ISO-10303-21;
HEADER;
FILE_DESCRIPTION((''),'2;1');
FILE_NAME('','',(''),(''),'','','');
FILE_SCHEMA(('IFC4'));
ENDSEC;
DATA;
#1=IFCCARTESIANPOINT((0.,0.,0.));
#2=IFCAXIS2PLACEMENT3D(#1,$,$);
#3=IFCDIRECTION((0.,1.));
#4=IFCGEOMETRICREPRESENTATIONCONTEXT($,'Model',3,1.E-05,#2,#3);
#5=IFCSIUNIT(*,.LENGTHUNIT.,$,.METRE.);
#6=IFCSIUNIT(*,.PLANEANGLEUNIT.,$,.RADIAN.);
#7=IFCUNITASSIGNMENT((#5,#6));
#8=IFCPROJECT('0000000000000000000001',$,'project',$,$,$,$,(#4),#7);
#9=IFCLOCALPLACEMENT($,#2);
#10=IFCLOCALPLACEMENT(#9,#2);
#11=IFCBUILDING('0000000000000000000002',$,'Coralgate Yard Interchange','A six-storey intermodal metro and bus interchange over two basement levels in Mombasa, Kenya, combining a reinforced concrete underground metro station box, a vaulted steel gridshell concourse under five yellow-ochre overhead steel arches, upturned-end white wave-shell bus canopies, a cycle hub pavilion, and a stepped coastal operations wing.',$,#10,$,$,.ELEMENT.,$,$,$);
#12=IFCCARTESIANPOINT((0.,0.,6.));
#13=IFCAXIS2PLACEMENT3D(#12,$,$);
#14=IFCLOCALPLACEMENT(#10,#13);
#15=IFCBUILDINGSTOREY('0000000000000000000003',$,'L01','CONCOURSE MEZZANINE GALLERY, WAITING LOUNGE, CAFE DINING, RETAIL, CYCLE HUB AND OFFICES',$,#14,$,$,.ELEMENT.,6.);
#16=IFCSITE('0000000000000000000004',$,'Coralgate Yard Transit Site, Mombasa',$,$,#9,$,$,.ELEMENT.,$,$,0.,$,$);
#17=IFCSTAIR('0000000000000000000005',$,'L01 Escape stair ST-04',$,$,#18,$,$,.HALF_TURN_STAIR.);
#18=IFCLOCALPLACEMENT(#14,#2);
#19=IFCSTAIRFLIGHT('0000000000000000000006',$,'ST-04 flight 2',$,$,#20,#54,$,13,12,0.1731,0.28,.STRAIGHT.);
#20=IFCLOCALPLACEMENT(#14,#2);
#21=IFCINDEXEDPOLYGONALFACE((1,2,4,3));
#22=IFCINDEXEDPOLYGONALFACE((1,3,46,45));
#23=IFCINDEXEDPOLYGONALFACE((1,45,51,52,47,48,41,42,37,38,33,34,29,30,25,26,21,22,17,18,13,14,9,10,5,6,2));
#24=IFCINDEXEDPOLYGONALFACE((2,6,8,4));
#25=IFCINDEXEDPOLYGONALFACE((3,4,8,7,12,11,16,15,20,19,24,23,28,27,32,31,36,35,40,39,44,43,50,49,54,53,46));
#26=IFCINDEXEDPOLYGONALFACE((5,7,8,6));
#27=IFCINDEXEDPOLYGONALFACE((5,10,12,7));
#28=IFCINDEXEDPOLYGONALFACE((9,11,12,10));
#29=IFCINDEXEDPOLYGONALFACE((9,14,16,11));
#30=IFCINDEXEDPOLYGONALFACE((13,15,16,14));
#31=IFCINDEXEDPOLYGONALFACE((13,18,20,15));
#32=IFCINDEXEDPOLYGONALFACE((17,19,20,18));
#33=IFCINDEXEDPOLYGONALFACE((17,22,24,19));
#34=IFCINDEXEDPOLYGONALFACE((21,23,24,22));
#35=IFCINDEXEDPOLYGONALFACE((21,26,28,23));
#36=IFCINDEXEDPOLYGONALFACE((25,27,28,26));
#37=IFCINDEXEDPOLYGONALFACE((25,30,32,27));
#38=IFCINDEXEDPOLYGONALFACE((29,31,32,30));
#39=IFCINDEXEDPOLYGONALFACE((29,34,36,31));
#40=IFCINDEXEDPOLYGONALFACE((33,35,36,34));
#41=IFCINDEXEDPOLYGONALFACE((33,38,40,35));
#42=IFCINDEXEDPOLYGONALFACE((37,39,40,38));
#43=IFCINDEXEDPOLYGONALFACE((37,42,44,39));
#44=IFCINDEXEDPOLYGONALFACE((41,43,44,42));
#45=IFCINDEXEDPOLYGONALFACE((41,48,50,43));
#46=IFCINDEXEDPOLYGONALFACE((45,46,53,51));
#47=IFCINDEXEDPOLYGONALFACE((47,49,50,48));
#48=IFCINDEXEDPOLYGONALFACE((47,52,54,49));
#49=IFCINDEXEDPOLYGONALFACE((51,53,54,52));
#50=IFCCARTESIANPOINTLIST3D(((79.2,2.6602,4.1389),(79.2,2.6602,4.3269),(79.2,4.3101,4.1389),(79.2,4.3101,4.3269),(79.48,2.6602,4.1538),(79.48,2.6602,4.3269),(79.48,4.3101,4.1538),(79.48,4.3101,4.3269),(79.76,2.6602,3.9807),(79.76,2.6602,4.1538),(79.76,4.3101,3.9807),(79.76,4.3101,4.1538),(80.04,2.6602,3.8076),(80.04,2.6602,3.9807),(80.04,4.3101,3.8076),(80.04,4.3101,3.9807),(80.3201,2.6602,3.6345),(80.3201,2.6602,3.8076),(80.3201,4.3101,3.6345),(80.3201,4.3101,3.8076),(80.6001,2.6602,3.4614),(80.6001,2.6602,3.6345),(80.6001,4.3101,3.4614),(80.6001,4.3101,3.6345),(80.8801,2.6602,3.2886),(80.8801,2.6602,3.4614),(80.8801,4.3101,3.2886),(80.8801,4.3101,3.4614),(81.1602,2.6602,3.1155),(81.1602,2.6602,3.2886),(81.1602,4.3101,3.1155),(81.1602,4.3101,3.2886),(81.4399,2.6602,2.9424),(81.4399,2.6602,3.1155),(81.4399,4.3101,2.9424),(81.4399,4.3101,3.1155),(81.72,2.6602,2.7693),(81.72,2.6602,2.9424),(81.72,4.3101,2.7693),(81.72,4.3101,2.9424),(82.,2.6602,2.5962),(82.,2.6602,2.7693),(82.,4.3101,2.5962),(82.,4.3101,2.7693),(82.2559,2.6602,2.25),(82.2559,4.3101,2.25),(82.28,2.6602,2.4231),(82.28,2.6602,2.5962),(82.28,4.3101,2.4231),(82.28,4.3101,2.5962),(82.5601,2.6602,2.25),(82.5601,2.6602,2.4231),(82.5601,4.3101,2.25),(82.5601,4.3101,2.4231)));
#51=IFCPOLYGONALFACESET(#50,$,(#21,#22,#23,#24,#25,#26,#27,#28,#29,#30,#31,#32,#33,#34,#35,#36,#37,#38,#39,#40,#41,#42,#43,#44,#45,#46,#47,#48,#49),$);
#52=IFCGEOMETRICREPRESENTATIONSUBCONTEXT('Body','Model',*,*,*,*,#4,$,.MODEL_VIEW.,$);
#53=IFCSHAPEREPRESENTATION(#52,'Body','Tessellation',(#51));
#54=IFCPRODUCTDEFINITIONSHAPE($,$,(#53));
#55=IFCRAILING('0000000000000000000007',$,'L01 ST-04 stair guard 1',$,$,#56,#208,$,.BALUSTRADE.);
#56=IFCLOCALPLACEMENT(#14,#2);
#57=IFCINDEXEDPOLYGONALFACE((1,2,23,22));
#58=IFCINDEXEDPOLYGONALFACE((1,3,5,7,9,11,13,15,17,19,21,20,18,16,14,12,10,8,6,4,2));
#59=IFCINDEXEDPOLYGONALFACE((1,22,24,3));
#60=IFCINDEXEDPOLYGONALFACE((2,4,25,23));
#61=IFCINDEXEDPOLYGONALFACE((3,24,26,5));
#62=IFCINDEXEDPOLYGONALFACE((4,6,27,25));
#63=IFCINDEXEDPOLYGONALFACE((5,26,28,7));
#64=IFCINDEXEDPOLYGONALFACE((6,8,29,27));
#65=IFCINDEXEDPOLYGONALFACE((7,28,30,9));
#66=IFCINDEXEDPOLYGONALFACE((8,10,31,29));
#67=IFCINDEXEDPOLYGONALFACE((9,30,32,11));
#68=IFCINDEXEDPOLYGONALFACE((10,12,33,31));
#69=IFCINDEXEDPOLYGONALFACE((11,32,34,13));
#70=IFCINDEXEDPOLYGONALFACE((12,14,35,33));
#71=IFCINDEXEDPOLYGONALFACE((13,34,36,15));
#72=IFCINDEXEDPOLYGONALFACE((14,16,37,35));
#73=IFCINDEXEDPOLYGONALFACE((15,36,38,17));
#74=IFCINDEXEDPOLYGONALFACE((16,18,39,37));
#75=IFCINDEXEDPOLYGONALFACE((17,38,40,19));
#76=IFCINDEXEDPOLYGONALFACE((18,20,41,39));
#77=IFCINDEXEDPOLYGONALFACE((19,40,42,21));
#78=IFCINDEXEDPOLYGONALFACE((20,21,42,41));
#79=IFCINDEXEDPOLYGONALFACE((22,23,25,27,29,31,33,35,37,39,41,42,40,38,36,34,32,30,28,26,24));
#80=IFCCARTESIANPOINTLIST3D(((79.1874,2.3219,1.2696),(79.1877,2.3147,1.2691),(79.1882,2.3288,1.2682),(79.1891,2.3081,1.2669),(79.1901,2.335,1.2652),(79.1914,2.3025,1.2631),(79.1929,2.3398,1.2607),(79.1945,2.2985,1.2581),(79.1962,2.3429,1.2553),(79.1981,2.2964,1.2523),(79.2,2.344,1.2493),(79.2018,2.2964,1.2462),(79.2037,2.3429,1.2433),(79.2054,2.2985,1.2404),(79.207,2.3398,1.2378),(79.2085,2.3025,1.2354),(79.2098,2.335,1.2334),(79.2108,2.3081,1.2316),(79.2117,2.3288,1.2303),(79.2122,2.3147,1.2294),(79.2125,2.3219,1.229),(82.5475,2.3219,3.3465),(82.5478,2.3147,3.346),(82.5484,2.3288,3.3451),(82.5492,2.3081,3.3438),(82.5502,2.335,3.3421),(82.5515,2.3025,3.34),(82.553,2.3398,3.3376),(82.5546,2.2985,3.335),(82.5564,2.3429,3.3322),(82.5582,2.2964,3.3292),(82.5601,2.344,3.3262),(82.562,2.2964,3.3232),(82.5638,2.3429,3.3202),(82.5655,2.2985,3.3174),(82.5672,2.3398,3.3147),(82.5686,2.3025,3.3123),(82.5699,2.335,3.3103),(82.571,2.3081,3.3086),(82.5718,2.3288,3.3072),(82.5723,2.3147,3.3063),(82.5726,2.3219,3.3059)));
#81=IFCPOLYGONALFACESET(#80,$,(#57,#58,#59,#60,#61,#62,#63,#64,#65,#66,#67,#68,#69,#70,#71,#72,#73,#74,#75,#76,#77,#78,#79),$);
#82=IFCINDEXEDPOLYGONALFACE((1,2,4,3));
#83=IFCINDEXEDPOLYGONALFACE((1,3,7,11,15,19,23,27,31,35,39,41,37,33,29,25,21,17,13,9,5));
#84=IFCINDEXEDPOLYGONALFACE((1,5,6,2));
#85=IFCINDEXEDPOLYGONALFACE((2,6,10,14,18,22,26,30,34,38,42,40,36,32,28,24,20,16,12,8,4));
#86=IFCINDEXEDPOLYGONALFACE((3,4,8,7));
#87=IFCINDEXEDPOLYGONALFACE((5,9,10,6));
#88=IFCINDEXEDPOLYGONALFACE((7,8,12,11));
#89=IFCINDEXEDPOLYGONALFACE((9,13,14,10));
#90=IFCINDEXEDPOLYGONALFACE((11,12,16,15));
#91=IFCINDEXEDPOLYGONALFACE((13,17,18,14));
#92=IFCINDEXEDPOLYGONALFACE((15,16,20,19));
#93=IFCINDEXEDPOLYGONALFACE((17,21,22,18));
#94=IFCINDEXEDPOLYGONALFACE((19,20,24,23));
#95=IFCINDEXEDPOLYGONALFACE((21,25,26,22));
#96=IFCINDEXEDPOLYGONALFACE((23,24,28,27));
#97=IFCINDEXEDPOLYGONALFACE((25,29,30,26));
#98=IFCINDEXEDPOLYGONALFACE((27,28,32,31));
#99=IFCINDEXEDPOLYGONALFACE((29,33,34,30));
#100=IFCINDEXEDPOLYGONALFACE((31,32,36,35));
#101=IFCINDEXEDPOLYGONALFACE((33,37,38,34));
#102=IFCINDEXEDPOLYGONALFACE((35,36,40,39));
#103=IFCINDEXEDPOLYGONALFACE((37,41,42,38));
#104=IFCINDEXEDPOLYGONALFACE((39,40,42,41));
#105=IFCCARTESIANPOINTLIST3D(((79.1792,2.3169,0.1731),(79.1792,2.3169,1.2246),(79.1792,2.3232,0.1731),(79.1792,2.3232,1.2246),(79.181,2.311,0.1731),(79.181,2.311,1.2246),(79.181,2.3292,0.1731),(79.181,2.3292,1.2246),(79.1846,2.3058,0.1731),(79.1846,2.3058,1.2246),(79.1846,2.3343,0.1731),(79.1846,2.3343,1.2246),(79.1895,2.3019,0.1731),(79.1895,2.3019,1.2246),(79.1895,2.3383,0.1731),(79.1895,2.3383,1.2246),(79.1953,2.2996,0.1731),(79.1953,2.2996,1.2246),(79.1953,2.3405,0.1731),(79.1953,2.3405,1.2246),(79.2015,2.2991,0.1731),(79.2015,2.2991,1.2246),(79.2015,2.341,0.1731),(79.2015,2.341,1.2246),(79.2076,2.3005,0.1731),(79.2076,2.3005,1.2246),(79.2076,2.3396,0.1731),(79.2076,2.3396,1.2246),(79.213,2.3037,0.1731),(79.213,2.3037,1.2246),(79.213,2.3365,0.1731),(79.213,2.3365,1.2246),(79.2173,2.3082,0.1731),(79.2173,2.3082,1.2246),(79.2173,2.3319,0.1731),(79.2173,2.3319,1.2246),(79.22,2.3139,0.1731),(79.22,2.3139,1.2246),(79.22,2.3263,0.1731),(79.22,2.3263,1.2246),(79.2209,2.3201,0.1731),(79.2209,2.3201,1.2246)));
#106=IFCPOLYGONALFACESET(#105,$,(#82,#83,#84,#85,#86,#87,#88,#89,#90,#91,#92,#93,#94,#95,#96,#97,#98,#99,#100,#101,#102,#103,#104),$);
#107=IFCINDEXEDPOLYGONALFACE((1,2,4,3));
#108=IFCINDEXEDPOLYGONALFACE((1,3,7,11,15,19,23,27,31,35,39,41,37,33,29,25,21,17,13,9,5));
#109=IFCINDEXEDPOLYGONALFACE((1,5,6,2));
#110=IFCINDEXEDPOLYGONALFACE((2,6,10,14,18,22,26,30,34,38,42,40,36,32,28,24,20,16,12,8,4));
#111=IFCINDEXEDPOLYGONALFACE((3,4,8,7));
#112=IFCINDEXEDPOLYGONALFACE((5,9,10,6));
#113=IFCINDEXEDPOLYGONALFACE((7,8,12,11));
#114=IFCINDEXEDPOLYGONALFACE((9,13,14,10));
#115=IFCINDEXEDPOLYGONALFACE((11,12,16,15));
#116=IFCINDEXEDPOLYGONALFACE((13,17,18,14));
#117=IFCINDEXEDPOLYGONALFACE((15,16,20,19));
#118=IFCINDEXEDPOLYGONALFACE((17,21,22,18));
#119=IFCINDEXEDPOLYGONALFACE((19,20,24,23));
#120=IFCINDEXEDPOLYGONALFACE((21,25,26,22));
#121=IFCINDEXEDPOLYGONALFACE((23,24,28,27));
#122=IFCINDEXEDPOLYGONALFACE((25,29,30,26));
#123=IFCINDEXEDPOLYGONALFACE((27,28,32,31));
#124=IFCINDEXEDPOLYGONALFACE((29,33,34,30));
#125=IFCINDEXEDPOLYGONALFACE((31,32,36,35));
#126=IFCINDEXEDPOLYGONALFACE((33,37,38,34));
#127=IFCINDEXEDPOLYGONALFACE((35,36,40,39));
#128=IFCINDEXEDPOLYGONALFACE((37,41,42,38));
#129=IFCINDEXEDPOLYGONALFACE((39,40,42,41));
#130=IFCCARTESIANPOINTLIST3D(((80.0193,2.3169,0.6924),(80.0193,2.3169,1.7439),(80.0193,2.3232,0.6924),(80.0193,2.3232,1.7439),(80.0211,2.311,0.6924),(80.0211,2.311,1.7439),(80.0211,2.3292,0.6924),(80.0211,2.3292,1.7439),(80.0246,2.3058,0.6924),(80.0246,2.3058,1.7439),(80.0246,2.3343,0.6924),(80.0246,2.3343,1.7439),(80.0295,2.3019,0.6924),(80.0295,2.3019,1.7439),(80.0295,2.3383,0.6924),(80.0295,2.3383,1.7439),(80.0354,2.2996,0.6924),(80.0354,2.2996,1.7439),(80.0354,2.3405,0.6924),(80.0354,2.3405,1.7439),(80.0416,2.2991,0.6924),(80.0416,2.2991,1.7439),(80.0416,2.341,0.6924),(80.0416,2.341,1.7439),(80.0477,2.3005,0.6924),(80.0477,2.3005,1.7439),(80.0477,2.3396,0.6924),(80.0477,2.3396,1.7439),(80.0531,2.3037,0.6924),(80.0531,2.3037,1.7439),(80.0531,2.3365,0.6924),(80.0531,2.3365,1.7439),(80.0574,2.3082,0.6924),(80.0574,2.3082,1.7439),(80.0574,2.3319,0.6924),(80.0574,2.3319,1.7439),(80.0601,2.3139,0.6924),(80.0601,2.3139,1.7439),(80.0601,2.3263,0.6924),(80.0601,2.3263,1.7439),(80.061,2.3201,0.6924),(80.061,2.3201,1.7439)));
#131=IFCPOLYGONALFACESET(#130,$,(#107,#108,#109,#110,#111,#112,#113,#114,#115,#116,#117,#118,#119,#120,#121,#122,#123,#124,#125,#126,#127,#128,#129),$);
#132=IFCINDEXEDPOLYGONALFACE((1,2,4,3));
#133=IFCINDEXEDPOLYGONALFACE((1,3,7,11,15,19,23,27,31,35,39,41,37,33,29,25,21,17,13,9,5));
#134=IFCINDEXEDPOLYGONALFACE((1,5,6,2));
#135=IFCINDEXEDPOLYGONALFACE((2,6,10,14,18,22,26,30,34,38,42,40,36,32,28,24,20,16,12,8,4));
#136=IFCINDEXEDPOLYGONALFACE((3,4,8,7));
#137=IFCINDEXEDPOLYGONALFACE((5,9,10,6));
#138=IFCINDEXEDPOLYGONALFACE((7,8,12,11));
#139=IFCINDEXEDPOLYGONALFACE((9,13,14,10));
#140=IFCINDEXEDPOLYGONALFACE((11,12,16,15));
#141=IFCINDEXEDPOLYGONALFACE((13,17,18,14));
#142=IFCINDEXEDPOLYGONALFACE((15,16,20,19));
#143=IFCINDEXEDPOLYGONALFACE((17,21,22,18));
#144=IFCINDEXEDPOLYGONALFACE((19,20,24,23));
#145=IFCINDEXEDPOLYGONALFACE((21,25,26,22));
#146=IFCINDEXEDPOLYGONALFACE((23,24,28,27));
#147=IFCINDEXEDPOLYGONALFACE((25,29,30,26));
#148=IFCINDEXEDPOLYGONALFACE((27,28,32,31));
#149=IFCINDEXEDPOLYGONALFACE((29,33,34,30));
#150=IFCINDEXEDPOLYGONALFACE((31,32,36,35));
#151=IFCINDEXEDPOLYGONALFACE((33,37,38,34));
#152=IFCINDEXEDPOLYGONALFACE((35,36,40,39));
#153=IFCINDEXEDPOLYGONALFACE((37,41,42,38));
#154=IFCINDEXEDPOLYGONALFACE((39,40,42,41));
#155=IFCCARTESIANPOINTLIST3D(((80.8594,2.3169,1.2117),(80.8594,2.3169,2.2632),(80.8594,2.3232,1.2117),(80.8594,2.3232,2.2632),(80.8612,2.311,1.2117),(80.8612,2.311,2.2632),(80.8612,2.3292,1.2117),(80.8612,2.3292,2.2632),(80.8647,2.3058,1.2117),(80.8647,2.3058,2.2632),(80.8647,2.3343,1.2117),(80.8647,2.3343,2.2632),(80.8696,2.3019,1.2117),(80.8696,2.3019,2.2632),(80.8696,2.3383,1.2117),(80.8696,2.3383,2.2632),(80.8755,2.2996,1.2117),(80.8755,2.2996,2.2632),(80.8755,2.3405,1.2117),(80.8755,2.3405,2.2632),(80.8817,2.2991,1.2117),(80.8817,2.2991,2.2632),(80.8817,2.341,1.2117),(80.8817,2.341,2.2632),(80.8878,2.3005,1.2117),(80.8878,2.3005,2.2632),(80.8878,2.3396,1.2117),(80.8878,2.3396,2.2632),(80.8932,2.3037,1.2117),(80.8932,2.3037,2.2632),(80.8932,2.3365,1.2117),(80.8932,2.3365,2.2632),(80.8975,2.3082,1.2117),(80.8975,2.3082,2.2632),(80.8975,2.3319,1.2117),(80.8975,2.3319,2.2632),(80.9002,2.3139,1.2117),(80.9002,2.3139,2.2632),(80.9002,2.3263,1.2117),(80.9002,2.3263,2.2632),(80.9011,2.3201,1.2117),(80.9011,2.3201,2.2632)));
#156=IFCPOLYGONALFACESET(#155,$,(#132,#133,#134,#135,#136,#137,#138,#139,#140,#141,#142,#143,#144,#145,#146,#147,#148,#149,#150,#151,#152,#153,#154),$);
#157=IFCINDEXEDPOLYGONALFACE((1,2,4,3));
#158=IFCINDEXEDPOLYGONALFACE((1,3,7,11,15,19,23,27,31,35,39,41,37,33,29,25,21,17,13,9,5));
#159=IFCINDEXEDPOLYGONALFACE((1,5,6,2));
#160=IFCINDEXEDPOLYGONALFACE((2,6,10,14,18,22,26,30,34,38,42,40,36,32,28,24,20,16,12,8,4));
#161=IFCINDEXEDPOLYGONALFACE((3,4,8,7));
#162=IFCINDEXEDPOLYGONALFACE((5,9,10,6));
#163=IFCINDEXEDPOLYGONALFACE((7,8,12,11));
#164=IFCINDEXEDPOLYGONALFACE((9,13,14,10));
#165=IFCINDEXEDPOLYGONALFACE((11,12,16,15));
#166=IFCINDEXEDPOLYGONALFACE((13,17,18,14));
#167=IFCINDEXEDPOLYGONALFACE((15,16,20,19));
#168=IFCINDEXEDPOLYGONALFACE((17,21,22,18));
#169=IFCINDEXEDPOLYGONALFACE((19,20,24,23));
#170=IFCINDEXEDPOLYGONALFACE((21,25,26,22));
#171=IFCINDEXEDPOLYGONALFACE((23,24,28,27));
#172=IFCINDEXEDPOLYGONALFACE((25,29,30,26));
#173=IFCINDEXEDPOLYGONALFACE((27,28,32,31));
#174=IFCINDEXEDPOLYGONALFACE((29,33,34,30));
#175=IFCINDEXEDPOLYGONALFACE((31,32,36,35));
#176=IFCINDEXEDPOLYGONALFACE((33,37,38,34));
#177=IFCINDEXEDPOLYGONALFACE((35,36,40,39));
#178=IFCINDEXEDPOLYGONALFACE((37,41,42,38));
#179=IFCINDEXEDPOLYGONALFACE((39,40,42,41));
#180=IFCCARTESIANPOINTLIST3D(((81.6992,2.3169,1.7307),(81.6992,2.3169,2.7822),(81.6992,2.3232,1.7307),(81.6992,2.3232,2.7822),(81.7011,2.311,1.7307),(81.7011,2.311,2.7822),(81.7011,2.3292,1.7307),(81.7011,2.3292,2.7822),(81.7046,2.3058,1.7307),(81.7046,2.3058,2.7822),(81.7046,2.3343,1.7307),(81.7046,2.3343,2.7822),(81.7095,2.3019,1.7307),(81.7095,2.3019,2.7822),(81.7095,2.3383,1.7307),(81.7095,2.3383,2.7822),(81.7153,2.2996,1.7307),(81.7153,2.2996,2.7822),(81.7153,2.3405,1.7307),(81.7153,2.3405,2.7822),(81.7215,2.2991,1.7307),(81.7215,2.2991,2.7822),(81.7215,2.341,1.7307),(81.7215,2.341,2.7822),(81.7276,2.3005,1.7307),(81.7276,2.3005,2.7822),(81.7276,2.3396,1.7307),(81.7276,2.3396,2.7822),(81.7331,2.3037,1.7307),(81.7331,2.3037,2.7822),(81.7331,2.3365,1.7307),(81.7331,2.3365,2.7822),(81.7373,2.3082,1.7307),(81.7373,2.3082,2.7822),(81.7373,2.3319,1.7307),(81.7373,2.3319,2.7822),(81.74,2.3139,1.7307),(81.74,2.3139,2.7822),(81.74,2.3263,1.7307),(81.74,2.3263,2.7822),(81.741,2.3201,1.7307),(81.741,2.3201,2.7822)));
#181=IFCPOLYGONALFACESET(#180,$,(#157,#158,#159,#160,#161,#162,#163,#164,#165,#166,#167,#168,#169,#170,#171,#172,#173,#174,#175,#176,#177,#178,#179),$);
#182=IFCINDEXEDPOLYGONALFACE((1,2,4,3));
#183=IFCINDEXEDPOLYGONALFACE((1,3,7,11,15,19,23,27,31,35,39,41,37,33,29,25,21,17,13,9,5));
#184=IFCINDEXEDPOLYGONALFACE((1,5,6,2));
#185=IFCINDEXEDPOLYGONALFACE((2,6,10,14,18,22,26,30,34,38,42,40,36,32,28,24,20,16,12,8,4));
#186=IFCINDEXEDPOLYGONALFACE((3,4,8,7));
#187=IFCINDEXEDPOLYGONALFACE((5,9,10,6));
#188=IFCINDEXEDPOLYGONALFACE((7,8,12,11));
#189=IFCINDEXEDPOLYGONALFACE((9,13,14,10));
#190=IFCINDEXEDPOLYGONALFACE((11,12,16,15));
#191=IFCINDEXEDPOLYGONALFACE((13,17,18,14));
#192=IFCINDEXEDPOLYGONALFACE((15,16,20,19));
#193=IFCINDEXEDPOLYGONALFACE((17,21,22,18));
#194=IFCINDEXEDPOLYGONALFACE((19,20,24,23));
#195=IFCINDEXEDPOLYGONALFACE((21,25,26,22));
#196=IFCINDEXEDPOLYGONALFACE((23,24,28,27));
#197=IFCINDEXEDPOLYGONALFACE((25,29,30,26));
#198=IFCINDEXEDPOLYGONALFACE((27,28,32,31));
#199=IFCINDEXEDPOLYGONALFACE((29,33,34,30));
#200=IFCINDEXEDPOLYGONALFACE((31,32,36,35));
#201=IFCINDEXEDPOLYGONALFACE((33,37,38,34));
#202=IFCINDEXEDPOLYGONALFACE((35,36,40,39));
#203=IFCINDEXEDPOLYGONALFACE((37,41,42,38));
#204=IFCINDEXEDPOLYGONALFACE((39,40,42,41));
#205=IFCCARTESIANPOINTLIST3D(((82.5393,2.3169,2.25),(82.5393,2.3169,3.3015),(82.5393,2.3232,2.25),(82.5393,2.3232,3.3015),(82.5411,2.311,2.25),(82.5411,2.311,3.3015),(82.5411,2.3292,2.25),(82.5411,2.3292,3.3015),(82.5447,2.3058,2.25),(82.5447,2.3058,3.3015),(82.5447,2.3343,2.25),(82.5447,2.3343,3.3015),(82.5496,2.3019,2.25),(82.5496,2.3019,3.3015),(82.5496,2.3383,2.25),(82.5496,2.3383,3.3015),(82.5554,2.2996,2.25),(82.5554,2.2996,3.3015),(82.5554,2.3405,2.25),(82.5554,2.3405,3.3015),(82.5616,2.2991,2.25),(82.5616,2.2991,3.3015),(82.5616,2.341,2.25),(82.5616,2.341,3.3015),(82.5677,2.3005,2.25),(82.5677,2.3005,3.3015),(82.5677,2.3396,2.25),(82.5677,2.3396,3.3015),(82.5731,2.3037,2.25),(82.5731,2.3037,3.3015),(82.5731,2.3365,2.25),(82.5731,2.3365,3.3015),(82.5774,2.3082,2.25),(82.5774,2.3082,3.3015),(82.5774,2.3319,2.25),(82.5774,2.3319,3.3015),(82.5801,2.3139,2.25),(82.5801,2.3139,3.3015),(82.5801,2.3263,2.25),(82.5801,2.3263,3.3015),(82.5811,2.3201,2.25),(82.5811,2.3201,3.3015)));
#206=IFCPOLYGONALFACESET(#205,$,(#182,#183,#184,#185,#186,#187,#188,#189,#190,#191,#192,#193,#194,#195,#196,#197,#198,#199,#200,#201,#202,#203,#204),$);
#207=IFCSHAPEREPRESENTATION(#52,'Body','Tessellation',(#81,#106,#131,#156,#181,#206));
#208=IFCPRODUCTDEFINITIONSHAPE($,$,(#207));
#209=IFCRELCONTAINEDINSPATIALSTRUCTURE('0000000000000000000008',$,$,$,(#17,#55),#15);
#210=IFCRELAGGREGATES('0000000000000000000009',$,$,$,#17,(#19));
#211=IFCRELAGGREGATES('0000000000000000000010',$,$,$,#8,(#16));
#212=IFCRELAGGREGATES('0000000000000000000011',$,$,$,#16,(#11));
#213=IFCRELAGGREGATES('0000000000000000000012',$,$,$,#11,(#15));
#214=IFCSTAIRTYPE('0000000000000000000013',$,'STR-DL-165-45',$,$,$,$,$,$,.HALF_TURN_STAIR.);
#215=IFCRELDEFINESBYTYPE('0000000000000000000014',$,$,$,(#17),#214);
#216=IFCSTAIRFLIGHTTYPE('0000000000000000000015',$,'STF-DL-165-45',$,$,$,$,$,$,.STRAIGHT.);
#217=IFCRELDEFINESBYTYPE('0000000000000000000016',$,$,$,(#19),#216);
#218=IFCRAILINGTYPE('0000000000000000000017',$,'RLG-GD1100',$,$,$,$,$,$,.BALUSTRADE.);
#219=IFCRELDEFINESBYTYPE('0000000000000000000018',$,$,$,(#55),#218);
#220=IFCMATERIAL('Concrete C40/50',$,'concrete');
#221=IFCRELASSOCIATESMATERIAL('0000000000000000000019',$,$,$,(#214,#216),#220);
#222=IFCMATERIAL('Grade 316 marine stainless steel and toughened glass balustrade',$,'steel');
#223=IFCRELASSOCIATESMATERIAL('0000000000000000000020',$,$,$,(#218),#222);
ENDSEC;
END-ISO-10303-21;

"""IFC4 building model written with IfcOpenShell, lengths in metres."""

from ifc_helpers import new_model, si_unit, direction, frame, origin, origin_2d, place, context, subcontext, project, spatial, polyline, circle, outline, extrude, material, type_object, element, aggregate, save


model = new_model("IFC4")

# Units and contexts
model_context = context("Model", 3, precision=1e-05, world=origin(), true_north=direction((0.0, 1.0)))
body_context = subcontext(model_context, "Body", "Model", "MODEL_VIEW")
ifc_project = project(units=[si_unit("LENGTHUNIT", "METRE"), si_unit("PLANEANGLEUNIT", "RADIAN")], contexts=[model_context])

# Site, building, storey
site_placement = place(None, origin())
site = spatial("IfcSite", under=ifc_project, at=site_placement, Name="Coralgate Yard Transit Site, Mombasa", CompositionType="ELEMENT", RefElevation=0.0)
building_placement = place(site_placement, origin())
building = spatial("IfcBuilding", under=site, at=building_placement, Name="Coralgate Yard Interchange", Description="A six-storey intermodal metro and bus interchange over two basement levels in Mombasa, Kenya, combining a reinforced concrete underground metro station box, a vaulted steel gridshell concourse under five yellow-ochre overhead steel arches, upturned-end white wave-shell bus canopies, a cycle hub pavilion, and a stepped coastal operations wing.", CompositionType="ELEMENT")
storey_placement = place(building_placement, frame((0.0, 0.0, 6.0)))
storey = spatial("IfcBuildingStorey", under=building, at=storey_placement, Name="L01", Description="CONCOURSE MEZZANINE GALLERY, WAITING LOUNGE, CAFE DINING, RETAIL, CYCLE HUB AND OFFICES", CompositionType="ELEMENT", Elevation=6.0)

# Shared definitions
ifc_material_1 = material(Name="Concrete C40/50", Category="concrete")

# Stair, stair flight
stair_type = type_object("IfcStairType", Name="STR-DL-165-45", PredefinedType="HALF_TURN_STAIR", material=ifc_material_1)
stair_placement = place(storey_placement, origin())
stair = element("IfcStair", 1, at=stair_placement, inside=storey, type_object=stair_type, Name="L01 Escape stair ST-04", PredefinedType="HALF_TURN_STAIR")
stair_flight_type = type_object("IfcStairFlightType", Name="STF-DL-165-45", PredefinedType="STRAIGHT", material=ifc_material_1)
stair_flight_1_placement = place(storey_placement, frame((82.5601, 3.4851, 2.25), z_axis=(0.0, 0.0, 1.0), x_axis=(-1.0, 0.0, 0.0)))
stair_flight_1 = element("IfcStairFlight", 2, at=stair_flight_1_placement, type_object=stair_flight_type, Name="ST-04 flight 2", NumberOfRisers=13, NumberOfTreads=12, PredefinedType="STRAIGHT", RiserHeight=0.1731, TreadLength=0.28, context=body_context, shape_type="SweptSolid", body=[
    extrude(outline(polyline([(0.0, 0.0), (0.0, 0.1731), (0.28, 0.1731), (0.28, 0.3462), (0.5601, 0.3462), (0.5601, 0.5193), (0.8401, 0.5193), (0.8401, 0.6924), (1.1201, 0.6924), (1.1201, 0.8655), (1.3999, 0.8655), (1.3999, 1.0386), (1.6799, 1.0386), (1.6799, 1.2114), (1.96, 1.2114), (1.96, 1.3845), (2.24, 1.3845), (2.24, 1.5576), (2.52, 1.5576), (2.52, 1.7307), (2.8, 1.7307), (2.8, 1.9038), (3.0801, 1.9038), (3.0801, 2.0769), (3.3601, 2.0769), (3.3601, 2.25), (3.3601, 1.8889), (0.3042, 0.0), (0.0, 0.0)])), frame((0.0, 0.825, 0.0), z_axis=(0.0, -1.0, 0.0), x_axis=(1.0, 0.0, 0.0)), (0.0, 0.0, 1.0), 1.6499),
])
aggregate(stair, [stair_flight_1])

# Railing
ifc_material_2 = material(Name="Grade 316 marine stainless steel and toughened glass balustrade", Category="steel")
railing_type_1 = type_object("IfcRailingType", Name="RLG-GD1100", PredefinedType="BALUSTRADE", material=ifc_material_2)
railing_1_placement = place(storey_placement, frame((79.2, 2.3201, 0.1731)))
element("IfcRailing", 3, at=railing_1_placement, inside=storey, type_object=railing_type_1, Name="L01 ST-04 stair guard 1", PredefinedType="BALUSTRADE", context=body_context, shape_type="SweptSolid", body=[
    extrude(circle(Radius=0.0239, at=origin_2d()), frame((0.0, 0.0, 1.0762), z_axis=(0.850623, 0.0, 0.525776), x_axis=(0.0, 1.0, 0.0)), (0.0, 0.0, 1.0), 3.9502),
    extrude(circle(Radius=0.021, at=origin_2d()), origin(), (0.0, 0.0, 1.0), 1.0515),
    extrude(circle(Radius=0.021, at=origin_2d()), frame((0.8401, 0.0, 0.5193)), (0.0, 0.0, 1.0), 1.0515),
    extrude(circle(Radius=0.021, at=origin_2d()), frame((1.6802, 0.0, 1.0386)), (0.0, 0.0, 1.0), 1.0515),
    extrude(circle(Radius=0.021, at=origin_2d()), frame((2.52, 0.0, 1.5576)), (0.0, 0.0, 1.0), 1.0515),
    extrude(circle(Radius=0.021, at=origin_2d()), frame((3.3601, 0.0, 2.0769)), (0.0, 0.0, 1.0), 1.0515),
])

save(model, "model.ifc")
